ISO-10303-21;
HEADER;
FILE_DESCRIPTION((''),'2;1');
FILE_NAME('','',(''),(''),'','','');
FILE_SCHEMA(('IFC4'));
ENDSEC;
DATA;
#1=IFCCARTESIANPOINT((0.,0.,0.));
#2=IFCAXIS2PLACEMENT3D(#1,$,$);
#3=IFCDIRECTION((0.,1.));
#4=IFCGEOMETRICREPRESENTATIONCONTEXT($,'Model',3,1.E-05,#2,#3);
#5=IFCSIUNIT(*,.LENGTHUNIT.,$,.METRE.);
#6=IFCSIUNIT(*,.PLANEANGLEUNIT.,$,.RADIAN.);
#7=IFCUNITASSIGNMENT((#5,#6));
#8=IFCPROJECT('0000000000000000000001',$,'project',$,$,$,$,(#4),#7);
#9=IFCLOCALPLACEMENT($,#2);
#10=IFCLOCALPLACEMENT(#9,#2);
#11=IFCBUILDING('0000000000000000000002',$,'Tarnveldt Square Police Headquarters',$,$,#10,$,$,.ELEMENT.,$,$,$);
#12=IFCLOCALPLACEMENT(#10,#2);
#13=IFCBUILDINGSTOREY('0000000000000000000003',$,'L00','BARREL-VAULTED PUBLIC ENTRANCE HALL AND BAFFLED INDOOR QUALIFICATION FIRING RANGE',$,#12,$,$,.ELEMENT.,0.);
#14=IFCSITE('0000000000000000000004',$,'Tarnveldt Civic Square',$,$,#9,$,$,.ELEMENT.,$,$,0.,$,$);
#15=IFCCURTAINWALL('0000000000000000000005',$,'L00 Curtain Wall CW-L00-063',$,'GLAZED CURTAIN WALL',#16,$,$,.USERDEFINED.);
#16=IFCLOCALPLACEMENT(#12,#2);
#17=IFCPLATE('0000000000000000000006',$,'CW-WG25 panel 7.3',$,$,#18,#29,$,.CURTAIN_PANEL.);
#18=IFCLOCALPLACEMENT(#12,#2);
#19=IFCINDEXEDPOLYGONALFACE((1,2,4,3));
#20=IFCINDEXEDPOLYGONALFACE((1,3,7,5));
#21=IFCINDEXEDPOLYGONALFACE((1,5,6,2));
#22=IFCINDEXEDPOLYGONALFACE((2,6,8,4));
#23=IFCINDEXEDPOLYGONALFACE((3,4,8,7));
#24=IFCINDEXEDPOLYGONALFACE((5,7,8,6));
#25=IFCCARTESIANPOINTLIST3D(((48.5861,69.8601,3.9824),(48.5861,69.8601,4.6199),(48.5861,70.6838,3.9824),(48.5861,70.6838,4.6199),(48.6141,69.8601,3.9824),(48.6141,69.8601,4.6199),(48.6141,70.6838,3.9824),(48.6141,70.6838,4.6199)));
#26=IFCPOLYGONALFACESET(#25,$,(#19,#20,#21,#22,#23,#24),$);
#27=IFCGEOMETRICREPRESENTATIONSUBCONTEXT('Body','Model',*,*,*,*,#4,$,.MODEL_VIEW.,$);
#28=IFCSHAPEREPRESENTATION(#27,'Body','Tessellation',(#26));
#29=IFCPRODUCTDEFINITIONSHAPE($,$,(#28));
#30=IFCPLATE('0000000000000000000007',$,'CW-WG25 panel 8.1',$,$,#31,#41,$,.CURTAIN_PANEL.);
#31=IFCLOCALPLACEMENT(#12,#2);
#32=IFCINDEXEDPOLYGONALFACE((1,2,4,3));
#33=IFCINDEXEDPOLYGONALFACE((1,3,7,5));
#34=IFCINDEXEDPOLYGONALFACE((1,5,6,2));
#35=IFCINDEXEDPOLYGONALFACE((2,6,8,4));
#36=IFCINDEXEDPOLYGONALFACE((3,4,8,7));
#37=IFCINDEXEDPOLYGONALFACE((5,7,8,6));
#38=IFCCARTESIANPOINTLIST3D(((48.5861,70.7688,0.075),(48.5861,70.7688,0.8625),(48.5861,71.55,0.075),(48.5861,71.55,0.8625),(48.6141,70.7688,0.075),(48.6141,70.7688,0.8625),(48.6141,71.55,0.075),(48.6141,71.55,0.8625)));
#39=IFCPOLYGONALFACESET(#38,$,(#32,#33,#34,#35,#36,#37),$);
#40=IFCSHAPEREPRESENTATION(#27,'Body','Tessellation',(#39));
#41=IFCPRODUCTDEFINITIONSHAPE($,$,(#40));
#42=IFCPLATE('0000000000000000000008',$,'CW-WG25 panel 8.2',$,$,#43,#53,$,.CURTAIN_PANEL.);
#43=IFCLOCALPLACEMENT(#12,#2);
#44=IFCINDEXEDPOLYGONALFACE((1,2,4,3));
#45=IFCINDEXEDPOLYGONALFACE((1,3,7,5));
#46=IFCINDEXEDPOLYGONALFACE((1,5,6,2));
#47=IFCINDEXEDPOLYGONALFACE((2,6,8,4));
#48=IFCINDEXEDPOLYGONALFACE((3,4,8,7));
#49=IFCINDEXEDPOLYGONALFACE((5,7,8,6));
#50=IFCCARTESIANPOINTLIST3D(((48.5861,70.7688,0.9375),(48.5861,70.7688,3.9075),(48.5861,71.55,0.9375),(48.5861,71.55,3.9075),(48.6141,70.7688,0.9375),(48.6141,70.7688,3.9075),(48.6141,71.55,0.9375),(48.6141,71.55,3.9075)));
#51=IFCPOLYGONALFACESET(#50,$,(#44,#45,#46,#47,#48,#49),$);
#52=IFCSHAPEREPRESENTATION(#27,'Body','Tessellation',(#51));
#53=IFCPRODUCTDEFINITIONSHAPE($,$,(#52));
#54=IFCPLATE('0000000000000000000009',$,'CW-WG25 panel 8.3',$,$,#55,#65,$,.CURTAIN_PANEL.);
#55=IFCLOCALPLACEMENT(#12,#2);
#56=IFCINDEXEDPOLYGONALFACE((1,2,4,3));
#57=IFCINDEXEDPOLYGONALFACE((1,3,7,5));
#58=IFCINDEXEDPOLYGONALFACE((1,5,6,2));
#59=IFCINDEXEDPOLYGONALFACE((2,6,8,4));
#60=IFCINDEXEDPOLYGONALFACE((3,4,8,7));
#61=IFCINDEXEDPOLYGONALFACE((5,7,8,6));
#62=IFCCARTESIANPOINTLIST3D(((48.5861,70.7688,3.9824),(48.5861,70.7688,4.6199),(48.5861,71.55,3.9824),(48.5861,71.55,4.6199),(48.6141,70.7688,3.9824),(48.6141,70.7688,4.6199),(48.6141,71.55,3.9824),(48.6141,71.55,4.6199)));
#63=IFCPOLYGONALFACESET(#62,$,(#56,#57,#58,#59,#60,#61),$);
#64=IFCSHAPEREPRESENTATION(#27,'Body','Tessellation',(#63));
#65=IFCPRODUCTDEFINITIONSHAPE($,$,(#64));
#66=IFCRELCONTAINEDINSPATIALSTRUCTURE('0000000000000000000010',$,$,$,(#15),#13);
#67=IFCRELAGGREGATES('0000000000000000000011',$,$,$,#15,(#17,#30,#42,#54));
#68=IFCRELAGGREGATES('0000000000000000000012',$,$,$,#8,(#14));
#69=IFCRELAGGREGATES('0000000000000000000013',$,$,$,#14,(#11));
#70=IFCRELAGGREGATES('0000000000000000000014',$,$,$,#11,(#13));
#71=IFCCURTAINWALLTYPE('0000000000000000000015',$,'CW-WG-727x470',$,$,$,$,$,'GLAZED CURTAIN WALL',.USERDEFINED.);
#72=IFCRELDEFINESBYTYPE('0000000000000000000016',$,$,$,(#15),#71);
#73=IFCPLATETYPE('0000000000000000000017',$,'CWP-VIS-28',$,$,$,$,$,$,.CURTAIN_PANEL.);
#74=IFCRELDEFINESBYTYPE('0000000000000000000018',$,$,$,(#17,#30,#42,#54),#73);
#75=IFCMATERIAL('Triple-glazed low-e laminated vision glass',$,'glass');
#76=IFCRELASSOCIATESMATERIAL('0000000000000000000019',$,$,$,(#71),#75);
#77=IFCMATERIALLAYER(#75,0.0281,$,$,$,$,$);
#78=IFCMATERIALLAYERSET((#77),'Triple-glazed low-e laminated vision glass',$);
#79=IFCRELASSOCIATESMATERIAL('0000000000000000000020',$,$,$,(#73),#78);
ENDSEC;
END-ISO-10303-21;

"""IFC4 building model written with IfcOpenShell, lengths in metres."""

from ifc_helpers import new_model, si_unit, direction, frame, origin, origin_2d, place, context, subcontext, project, spatial, rectangle, extrude, material, layer, layer_set, type_object, element, aggregate, save


model = new_model("IFC4")

# Units and contexts
model_context = context("Model", 3, precision=1e-05, world=origin(), true_north=direction((0.0, 1.0)))
body_context = subcontext(model_context, "Body", "Model", "MODEL_VIEW")
ifc_project = project(units=[si_unit("LENGTHUNIT", "METRE"), si_unit("PLANEANGLEUNIT", "RADIAN")], contexts=[model_context])

# Site, building, storey
site_placement = place(None, origin())
site = spatial("IfcSite", under=ifc_project, at=site_placement, Name="Tarnveldt Civic Square", CompositionType="ELEMENT", RefElevation=0.0)
building_placement = place(site_placement, origin())
building = spatial("IfcBuilding", under=site, at=building_placement, Name="Tarnveldt Square Police Headquarters", CompositionType="ELEMENT")
storey_placement = place(building_placement, origin())
storey = spatial("IfcBuildingStorey", under=building, at=storey_placement, Name="L00", Description="BARREL-VAULTED PUBLIC ENTRANCE HALL AND BAFFLED INDOOR QUALIFICATION FIRING RANGE", CompositionType="ELEMENT", Elevation=0.0)

# Curtain wall, plates
ifc_material_1 = material(Name="Triple-glazed low-e laminated vision glass", Category="glass")
curtain_wall_type = type_object("IfcCurtainWallType", Name="CW-WG-727x470", ElementType="GLAZED CURTAIN WALL", PredefinedType="USERDEFINED", material=ifc_material_1)
curtain_wall_placement = place(storey_placement, origin())
curtain_wall = element("IfcCurtainWall", 1, at=curtain_wall_placement, inside=storey, type_object=curtain_wall_type, Name="L00 Curtain Wall CW-L00-063", ObjectType="GLAZED CURTAIN WALL", PredefinedType="USERDEFINED")
ifc_layer = layer(ifc_material_1, 0.0281)
ifc_layer_set = layer_set([ifc_layer], Name="Triple-glazed low-e laminated vision glass")
plate_type = type_object("IfcPlateType", Name="CWP-VIS-28", PredefinedType="CURTAIN_PANEL", material=ifc_layer_set)
plate_1_placement = place(storey_placement, frame((48.6001, 70.272, 3.9824), z_axis=(0.0, 0.0, 1.0), x_axis=(0.0, 1.0, 0.0)))
plate_1 = element("IfcPlate", 2, at=plate_1_placement, type_object=plate_type, Name="CW-WG25 panel 7.3", PredefinedType="CURTAIN_PANEL", context=body_context, shape_type="SweptSolid", body=[
    extrude(rectangle(XDim=0.8237, YDim=0.0281, at=origin_2d()), origin(), (0.0, 0.0, 1.0), 0.6375),
])
plate_2_placement = place(storey_placement, frame((48.6001, 71.1594, 0.075), z_axis=(0.0, 0.0, 1.0), x_axis=(0.0, 1.0, 0.0)))
plate_2 = element("IfcPlate", 3, at=plate_2_placement, type_object=plate_type, Name="CW-WG25 panel 8.1", PredefinedType="CURTAIN_PANEL", context=body_context, shape_type="SweptSolid", body=[
    extrude(rectangle(XDim=0.7812, YDim=0.0281, at=origin_2d()), origin(), (0.0, 0.0, 1.0), 0.7876),
])
plate_3_placement = place(storey_placement, frame((48.6001, 71.1594, 0.9375), z_axis=(0.0, 0.0, 1.0), x_axis=(0.0, 1.0, 0.0)))
plate_3 = element("IfcPlate", 4, at=plate_3_placement, type_object=plate_type, Name="CW-WG25 panel 8.2", PredefinedType="CURTAIN_PANEL", context=body_context, shape_type="SweptSolid", body=[
    extrude(rectangle(XDim=0.7812, YDim=0.0281, at=origin_2d()), origin(), (0.0, 0.0, 1.0), 2.97),
])
plate_4_placement = place(storey_placement, frame((48.6001, 71.1594, 3.9824), z_axis=(0.0, 0.0, 1.0), x_axis=(0.0, 1.0, 0.0)))
plate_4 = element("IfcPlate", 5, at=plate_4_placement, type_object=plate_type, Name="CW-WG25 panel 8.3", PredefinedType="CURTAIN_PANEL", context=body_context, shape_type="SweptSolid", body=[
    extrude(rectangle(XDim=0.7812, YDim=0.0281, at=origin_2d()), origin(), (0.0, 0.0, 1.0), 0.6375),
])
aggregate(curtain_wall, [plate_1, plate_2, plate_3, plate_4])

save(model, "model.ifc")
